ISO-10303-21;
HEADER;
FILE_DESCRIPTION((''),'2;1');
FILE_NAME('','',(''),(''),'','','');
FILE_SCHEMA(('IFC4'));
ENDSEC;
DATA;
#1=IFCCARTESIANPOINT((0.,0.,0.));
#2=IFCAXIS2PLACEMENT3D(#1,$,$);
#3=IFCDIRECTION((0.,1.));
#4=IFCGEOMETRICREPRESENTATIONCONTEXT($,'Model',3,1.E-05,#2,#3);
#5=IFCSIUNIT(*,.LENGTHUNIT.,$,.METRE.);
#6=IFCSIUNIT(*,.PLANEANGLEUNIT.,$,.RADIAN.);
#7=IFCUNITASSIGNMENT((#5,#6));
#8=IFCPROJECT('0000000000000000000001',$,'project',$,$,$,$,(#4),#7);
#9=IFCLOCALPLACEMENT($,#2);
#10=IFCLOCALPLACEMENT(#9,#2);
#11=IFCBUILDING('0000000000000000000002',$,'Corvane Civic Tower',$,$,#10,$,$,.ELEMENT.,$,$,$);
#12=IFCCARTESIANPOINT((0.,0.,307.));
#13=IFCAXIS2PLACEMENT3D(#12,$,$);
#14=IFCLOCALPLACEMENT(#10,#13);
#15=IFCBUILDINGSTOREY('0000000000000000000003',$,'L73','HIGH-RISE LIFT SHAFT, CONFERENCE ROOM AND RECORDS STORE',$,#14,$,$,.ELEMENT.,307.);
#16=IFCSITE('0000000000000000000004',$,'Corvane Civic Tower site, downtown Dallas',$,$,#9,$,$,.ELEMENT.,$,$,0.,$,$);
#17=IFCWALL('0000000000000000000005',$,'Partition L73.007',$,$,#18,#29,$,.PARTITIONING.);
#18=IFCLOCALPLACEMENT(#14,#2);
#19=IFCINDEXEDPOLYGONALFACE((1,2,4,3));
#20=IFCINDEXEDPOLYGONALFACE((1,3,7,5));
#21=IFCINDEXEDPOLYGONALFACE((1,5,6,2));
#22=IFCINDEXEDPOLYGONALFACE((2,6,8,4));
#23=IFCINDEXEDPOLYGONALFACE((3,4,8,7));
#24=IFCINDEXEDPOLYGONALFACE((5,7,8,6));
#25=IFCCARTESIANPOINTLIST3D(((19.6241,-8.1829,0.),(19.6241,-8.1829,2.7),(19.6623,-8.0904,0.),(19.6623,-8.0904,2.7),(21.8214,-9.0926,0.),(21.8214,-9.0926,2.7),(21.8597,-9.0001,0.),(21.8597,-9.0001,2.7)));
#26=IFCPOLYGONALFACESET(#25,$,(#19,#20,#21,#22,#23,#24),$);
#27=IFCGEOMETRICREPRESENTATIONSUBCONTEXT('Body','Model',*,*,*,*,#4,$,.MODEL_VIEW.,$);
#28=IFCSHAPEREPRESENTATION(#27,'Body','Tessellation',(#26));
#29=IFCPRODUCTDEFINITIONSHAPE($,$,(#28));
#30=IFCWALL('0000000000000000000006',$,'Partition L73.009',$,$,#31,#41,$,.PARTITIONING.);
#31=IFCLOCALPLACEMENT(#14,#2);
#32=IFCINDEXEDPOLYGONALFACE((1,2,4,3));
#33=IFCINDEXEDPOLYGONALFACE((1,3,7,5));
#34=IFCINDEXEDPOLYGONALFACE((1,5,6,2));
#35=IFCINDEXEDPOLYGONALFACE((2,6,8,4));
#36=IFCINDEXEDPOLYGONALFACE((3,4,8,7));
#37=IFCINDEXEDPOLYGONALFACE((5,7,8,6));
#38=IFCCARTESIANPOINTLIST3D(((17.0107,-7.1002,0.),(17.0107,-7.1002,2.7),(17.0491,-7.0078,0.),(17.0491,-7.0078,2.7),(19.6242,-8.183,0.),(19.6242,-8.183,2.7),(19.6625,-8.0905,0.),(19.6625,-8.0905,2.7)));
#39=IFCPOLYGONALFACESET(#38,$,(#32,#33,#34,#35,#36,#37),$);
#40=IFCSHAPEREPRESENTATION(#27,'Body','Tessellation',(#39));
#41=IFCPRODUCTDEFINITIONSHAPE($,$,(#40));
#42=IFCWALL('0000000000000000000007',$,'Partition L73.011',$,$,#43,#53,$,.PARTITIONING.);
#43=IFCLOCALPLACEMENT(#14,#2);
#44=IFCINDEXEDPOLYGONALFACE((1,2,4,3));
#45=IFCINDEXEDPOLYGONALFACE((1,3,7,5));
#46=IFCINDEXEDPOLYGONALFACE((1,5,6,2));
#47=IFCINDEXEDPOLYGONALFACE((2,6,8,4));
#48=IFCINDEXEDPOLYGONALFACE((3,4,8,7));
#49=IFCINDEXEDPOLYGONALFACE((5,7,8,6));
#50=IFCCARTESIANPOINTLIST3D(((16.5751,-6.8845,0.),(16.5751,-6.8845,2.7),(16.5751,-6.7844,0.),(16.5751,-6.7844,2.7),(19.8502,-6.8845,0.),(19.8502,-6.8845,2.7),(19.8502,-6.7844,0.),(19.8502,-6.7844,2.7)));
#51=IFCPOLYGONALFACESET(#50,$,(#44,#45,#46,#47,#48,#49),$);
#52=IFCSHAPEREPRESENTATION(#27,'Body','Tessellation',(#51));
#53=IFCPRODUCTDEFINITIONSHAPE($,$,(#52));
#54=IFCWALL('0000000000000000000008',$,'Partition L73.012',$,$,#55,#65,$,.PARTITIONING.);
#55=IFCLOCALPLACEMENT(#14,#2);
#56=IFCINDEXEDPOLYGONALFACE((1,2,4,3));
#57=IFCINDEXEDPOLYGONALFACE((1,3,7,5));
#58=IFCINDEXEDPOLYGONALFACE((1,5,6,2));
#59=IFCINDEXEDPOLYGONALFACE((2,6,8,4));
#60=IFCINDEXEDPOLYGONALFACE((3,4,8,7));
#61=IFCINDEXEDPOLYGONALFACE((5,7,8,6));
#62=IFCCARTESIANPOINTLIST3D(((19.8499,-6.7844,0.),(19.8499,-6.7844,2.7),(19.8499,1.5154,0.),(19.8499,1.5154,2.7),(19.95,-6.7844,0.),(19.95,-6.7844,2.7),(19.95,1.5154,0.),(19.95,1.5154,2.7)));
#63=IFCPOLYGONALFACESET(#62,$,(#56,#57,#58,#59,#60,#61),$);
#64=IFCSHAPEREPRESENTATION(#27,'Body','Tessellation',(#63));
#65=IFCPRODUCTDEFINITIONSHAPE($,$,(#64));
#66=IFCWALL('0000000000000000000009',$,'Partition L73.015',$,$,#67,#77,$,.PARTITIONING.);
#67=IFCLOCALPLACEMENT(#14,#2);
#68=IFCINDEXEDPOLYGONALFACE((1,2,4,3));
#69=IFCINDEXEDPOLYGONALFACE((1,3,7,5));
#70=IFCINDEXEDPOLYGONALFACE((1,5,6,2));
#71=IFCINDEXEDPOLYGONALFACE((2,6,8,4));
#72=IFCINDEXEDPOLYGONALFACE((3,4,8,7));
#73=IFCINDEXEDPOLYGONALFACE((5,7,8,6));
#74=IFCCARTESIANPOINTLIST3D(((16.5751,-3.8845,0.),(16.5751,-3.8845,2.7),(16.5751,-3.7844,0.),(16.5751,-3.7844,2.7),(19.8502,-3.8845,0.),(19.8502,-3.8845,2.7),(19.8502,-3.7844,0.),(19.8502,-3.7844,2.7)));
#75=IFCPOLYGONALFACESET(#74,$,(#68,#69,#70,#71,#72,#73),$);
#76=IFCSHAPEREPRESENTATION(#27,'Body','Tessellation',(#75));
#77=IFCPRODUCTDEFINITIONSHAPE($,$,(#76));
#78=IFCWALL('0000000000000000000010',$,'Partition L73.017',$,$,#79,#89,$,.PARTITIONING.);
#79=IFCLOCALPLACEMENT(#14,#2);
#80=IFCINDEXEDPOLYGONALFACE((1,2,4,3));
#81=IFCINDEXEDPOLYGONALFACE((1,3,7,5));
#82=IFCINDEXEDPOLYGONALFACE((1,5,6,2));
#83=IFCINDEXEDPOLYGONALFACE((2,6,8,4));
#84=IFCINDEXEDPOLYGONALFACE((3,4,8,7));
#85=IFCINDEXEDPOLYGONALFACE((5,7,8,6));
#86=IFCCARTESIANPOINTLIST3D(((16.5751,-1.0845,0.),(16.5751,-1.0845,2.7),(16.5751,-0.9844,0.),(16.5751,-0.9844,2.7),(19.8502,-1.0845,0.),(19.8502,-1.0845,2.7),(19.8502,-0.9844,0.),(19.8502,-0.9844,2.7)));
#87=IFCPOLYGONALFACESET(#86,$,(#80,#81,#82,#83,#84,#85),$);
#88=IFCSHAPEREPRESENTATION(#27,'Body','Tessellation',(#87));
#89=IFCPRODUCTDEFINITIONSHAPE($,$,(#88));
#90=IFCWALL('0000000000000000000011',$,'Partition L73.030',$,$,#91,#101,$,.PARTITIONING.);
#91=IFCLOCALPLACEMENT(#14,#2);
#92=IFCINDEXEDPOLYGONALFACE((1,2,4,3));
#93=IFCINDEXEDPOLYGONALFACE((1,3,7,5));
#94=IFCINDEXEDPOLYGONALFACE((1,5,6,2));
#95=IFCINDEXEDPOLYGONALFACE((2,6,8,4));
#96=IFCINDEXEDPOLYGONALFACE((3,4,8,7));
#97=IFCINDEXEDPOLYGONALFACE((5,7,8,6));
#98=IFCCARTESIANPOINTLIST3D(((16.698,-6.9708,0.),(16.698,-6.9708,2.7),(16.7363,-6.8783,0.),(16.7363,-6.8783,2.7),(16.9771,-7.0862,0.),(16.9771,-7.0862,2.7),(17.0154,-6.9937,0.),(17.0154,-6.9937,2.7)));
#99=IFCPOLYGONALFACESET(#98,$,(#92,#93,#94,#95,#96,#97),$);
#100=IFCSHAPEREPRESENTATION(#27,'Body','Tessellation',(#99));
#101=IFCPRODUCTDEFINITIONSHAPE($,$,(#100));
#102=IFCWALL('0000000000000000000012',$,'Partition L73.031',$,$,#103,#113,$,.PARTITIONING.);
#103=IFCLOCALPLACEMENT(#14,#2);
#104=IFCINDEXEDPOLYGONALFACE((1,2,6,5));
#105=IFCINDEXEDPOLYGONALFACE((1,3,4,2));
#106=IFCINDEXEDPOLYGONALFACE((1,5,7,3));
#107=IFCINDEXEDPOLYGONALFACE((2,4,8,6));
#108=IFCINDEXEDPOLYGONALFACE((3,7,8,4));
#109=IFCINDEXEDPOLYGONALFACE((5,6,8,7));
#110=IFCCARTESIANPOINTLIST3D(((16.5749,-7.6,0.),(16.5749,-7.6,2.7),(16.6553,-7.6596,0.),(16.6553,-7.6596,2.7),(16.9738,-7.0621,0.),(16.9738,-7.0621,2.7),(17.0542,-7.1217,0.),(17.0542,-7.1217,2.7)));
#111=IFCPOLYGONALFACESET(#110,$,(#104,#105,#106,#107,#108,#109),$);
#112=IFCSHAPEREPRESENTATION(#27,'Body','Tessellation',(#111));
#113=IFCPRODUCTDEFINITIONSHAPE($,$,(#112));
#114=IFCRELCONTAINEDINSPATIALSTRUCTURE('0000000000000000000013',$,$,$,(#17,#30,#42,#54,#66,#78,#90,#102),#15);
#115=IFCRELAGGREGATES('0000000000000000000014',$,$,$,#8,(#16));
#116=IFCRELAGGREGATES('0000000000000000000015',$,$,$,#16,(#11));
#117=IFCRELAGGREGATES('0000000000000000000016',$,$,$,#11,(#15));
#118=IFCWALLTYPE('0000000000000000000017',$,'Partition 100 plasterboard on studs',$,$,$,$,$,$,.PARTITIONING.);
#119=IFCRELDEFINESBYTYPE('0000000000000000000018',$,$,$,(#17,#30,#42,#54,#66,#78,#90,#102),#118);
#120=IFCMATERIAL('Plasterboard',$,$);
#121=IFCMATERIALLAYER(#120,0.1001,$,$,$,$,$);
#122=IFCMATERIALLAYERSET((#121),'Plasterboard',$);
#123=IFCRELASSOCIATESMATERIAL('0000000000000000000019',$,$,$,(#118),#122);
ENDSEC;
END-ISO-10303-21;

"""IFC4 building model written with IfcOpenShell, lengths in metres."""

from ifc_helpers import new_model, si_unit, direction, frame, frame_2d, origin, place, context, subcontext, project, spatial, rectangle, extrude, material, layer, layer_set, type_object, element, save


model = new_model("IFC4")

# Units and contexts
model_context = context("Model", 3, precision=1e-05, world=origin(), true_north=direction((0.0, 1.0)))
body_context = subcontext(model_context, "Body", "Model", "MODEL_VIEW")
ifc_project = project(units=[si_unit("LENGTHUNIT", "METRE"), si_unit("PLANEANGLEUNIT", "RADIAN")], contexts=[model_context])

# Site, building, storey
site_placement = place(None, origin())
site = spatial("IfcSite", under=ifc_project, at=site_placement, Name="Corvane Civic Tower site, downtown Dallas", CompositionType="ELEMENT", RefElevation=0.0)
building_placement = place(site_placement, origin())
building = spatial("IfcBuilding", under=site, at=building_placement, Name="Corvane Civic Tower", CompositionType="ELEMENT")
storey_placement = place(building_placement, frame((0.0, 0.0, 307.0)))
storey = spatial("IfcBuildingStorey", under=building, at=storey_placement, Name="L73", Description="HIGH-RISE LIFT SHAFT, CONFERENCE ROOM AND RECORDS STORE", CompositionType="ELEMENT", Elevation=307.0)

# Walls
ifc_material_1 = material(Name="Plasterboard")
ifc_layer_1 = layer(ifc_material_1, 0.1001)
ifc_layer_set_1 = layer_set([ifc_layer_1], Name="Plasterboard")
wall_type_1 = type_object("IfcWallType", Name="Partition 100 plasterboard on studs", PredefinedType="PARTITIONING", material=ifc_layer_set_1)
wall_1_placement = place(storey_placement, frame((19.6433, -8.1367, 0.0), z_axis=(0.0, 0.0, 1.0), x_axis=(0.923949, -0.382515, 0.0)))
element("IfcWall", 1, at=wall_1_placement, inside=storey, type_object=wall_type_1, Name="Partition L73.007", PredefinedType="PARTITIONING", context=body_context, shape_type="SweptSolid", body=[
    extrude(rectangle(XDim=2.3782, YDim=0.1001, at=frame_2d((1.189, 0.0))), origin(), (0.0, 0.0, 1.0), 2.7),
])
wall_2_placement = place(storey_placement, frame((17.0298, -7.054, 0.0), z_axis=(0.0, 0.0, 1.0), x_axis=(0.923854, -0.382746, 0.0)))
element("IfcWall", 2, at=wall_2_placement, inside=storey, type_object=wall_type_1, Name="Partition L73.009", PredefinedType="PARTITIONING", context=body_context, shape_type="SweptSolid", body=[
    extrude(rectangle(XDim=2.8289, YDim=0.1001, at=frame_2d((1.4146, 0.0))), origin(), (0.0, 0.0, 1.0), 2.7),
])
wall_3_placement = place(storey_placement, frame((16.575, -6.8345, 0.0), z_axis=(0.0, 0.0, 1.0), x_axis=(1.0, 0.0, 0.0)))
element("IfcWall", 3, at=wall_3_placement, inside=storey, type_object=wall_type_1, Name="Partition L73.011", PredefinedType="PARTITIONING", context=body_context, shape_type="SweptSolid", body=[
    extrude(rectangle(XDim=3.2751, YDim=0.1001, at=frame_2d((1.6377, 0.0))), origin(), (0.0, 0.0, 1.0), 2.7),
])
wall_4_placement = place(storey_placement, frame((19.8999, -6.7844, 0.0), z_axis=(0.0, 0.0, 1.0), x_axis=(0.0, 1.0, 0.0)))
element("IfcWall", 4, at=wall_4_placement, inside=storey, type_object=wall_type_1, Name="Partition L73.012", PredefinedType="PARTITIONING", context=body_context, shape_type="SweptSolid", body=[
    extrude(rectangle(XDim=8.2998, YDim=0.1001, at=frame_2d((4.1499, 0.0))), origin(), (0.0, 0.0, 1.0), 2.7),
])
for number, where, z_axis, x_axis, name in (
    (5, (16.575, -3.8345, 0.0), (0.0, 0.0, 1.0), (1.0, 0.0, 0.0), "Partition L73.015"),
    (6, (16.575, -1.0344, 0.0), (0.0, 0.0, 1.0), (1.0, 0.0, 0.0), "Partition L73.017"),
):
    element("IfcWall", number, at=place(storey_placement, frame(where, z_axis=z_axis, x_axis=x_axis)), inside=storey, type_object=wall_type_1, Name=name, PredefinedType="PARTITIONING", context=body_context, shape_type="SweptSolid", body=[
        extrude(rectangle(XDim=3.2751, YDim=0.1001, at=frame_2d((1.6377, 0.0))), origin(), (0.0, 0.0, 1.0), 2.7),
    ])
wall_5_placement = place(storey_placement, frame((16.7173, -6.9246, 0.0), z_axis=(0.0, 0.0, 1.0), x_axis=(0.924007, -0.382376, 0.0)))
element("IfcWall", 7, at=wall_5_placement, inside=storey, type_object=wall_type_1, Name="Partition L73.030", PredefinedType="PARTITIONING", context=body_context, shape_type="SweptSolid", body=[
    extrude(rectangle(XDim=0.302, YDim=0.1001, at=frame_2d((0.1509, 0.0))), origin(), (0.0, 0.0, 1.0), 2.7),
])
wall_6_placement = place(storey_placement, frame((16.615, -7.6299, 0.0), z_axis=(0.0, 0.0, 1.0), x_axis=(0.595733, 0.803182, 0.0)))
element("IfcWall", 8, at=wall_6_placement, inside=storey, type_object=wall_type_1, Name="Partition L73.031", PredefinedType="PARTITIONING", context=body_context, shape_type="SweptSolid", body=[
    extrude(rectangle(XDim=0.6697, YDim=0.1001, at=frame_2d((0.335, 0.0))), origin(), (0.0, 0.0, 1.0), 2.7),
])

save(model, "model.ifc")
